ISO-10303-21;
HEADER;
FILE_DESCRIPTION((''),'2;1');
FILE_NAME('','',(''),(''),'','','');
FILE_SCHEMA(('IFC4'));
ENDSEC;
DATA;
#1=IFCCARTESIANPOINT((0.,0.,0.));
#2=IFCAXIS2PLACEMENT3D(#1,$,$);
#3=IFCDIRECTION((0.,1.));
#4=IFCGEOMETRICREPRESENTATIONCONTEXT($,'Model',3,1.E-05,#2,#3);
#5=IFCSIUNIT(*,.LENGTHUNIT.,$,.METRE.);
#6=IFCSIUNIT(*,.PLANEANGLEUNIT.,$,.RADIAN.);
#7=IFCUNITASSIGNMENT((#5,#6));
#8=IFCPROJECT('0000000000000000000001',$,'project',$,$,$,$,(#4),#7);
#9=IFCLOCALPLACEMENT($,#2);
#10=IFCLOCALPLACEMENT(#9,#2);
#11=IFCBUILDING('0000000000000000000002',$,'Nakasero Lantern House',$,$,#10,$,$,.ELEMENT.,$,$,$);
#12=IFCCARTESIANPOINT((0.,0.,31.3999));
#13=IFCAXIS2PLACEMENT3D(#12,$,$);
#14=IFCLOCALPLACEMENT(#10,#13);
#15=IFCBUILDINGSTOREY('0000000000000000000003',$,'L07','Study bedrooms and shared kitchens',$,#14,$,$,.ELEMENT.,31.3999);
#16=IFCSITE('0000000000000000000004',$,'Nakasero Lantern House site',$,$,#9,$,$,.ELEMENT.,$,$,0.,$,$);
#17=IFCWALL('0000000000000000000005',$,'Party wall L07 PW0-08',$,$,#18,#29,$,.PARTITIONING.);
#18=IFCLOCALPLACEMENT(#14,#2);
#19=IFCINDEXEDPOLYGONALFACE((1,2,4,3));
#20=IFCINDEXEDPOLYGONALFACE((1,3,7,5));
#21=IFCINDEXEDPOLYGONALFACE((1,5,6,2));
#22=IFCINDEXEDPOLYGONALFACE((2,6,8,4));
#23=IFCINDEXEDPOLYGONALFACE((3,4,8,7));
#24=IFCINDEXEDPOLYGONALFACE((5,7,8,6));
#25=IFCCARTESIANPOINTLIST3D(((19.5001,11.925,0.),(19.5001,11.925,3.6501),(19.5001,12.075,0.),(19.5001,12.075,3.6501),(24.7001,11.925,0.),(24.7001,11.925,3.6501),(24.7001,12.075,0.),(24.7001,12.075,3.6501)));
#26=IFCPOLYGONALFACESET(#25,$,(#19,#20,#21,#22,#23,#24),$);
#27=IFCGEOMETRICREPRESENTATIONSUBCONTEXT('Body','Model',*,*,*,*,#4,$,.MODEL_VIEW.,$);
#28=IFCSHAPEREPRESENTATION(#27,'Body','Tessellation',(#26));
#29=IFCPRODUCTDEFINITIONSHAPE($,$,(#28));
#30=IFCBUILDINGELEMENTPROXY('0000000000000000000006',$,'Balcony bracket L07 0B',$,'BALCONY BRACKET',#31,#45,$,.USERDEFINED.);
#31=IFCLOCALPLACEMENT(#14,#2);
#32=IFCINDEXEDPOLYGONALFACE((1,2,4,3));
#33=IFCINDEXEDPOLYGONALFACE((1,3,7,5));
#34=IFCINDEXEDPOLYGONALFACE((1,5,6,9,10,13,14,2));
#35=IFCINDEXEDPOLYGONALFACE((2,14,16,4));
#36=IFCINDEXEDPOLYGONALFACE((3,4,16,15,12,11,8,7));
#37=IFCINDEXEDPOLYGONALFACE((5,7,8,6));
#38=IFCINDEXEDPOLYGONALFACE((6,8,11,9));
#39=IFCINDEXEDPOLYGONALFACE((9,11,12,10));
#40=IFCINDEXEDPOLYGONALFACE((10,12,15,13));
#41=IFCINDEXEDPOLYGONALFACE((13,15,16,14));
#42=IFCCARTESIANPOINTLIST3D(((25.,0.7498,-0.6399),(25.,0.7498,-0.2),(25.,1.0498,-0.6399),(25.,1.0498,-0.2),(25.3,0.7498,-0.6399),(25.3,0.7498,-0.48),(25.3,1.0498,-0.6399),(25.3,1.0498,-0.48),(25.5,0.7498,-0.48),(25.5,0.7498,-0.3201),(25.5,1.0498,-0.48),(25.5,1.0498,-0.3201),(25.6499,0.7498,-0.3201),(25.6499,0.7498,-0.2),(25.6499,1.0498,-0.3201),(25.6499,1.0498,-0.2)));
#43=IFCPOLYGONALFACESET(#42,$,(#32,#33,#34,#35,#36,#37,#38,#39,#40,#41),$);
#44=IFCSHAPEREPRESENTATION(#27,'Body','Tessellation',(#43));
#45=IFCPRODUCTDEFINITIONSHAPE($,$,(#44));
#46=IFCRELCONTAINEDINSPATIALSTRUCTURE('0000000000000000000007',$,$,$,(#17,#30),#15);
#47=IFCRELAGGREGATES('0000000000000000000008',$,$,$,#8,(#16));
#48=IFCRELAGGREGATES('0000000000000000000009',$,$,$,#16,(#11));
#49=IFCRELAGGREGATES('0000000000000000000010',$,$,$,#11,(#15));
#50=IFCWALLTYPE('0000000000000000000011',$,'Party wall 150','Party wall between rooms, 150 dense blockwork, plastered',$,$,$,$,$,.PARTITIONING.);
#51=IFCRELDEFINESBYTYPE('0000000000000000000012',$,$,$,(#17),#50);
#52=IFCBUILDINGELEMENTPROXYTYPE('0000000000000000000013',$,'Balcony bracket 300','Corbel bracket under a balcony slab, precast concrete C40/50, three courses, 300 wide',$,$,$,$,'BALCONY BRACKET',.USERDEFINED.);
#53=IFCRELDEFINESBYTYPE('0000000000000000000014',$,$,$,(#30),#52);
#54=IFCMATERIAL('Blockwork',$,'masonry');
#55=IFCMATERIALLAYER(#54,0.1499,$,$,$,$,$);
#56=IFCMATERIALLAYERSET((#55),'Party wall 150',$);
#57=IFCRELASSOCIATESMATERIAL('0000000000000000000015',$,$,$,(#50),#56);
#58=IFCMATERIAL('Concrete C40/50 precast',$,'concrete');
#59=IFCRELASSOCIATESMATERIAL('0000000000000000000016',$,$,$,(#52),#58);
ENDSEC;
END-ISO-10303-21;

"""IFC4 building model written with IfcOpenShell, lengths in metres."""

from ifc_helpers import new_model, si_unit, direction, frame, frame_2d, origin, place, context, subcontext, project, spatial, polyline, rectangle, outline, extrude, material, layer, layer_set, type_object, element, save


model = new_model("IFC4")

# Units and contexts
model_context = context("Model", 3, precision=1e-05, world=origin(), true_north=direction((0.0, 1.0)))
body_context = subcontext(model_context, "Body", "Model", "MODEL_VIEW")
ifc_project = project(units=[si_unit("LENGTHUNIT", "METRE"), si_unit("PLANEANGLEUNIT", "RADIAN")], contexts=[model_context])

# Site, building, storey
site_placement = place(None, origin())
site = spatial("IfcSite", under=ifc_project, at=site_placement, Name="Nakasero Lantern House site", CompositionType="ELEMENT", RefElevation=0.0)
building_placement = place(site_placement, origin())
building = spatial("IfcBuilding", under=site, at=building_placement, Name="Nakasero Lantern House", CompositionType="ELEMENT")
storey_placement = place(building_placement, frame((0.0, 0.0, 31.3999)))
storey = spatial("IfcBuildingStorey", under=building, at=storey_placement, Name="L07", Description="Study bedrooms and shared kitchens", CompositionType="ELEMENT", Elevation=31.3999)

# Wall
ifc_material_1 = material(Name="Blockwork", Category="masonry")
ifc_layer_1 = layer(ifc_material_1, 0.1499)
ifc_layer_set_1 = layer_set([ifc_layer_1], Name="Party wall 150")
wall_type_1 = type_object("IfcWallType", Name="Party wall 150", Description="Party wall between rooms, 150 dense blockwork, plastered", PredefinedType="PARTITIONING", material=ifc_layer_set_1)
for number, where, z_axis, x_axis, name in (
    (1, (19.5, 12.0, 0.0), (0.0, 0.0, 1.0), (1.0, 0.0, 0.0), "Party wall L07 PW0-08"),
):
    element("IfcWall", number, at=place(storey_placement, frame(where, z_axis=z_axis, x_axis=x_axis)), inside=storey, type_object=wall_type_1, Name=name, PredefinedType="PARTITIONING", context=body_context, shape_type="SweptSolid", body=[
        extrude(rectangle(XDim=5.2, YDim=0.1499, at=frame_2d((2.6001, 0.0))), origin(), (0.0, 0.0, 1.0), 3.6501),
    ])

# Building element proxy
ifc_material_2 = material(Name="Concrete C40/50 precast", Category="concrete")
building_element_proxy_type = type_object("IfcBuildingElementProxyType", Name="Balcony bracket 300", Description="Corbel bracket under a balcony slab, precast concrete C40/50, three courses, 300 wide", ElementType="BALCONY BRACKET", PredefinedType="USERDEFINED", material=ifc_material_2)
proxy_placement = place(storey_placement, frame((25.0, 0.8999, -0.2), z_axis=(0.0, 0.0, 1.0), x_axis=(1.0, 0.0, 0.0)))
element("IfcBuildingElementProxy", 2, at=proxy_placement, inside=storey, type_object=building_element_proxy_type, Name="Balcony bracket L07 0B", ObjectType="BALCONY BRACKET", PredefinedType="USERDEFINED", context=body_context, shape_type="SweptSolid", body=[
    extrude(outline(polyline([(0.0, 0.0), (0.6499, 0.0), (0.6499, -0.1201), (0.5, -0.1201), (0.5, -0.28), (0.3, -0.28), (0.3, -0.4399), (0.0, -0.4399), (0.0, 0.0)])), frame((0.0, 0.1499, 0.0), z_axis=(0.0, -1.0, 0.0), x_axis=(1.0, 0.0, 0.0)), (0.0, 0.0, 1.0), 0.3),
])

save(model, "model.ifc")
